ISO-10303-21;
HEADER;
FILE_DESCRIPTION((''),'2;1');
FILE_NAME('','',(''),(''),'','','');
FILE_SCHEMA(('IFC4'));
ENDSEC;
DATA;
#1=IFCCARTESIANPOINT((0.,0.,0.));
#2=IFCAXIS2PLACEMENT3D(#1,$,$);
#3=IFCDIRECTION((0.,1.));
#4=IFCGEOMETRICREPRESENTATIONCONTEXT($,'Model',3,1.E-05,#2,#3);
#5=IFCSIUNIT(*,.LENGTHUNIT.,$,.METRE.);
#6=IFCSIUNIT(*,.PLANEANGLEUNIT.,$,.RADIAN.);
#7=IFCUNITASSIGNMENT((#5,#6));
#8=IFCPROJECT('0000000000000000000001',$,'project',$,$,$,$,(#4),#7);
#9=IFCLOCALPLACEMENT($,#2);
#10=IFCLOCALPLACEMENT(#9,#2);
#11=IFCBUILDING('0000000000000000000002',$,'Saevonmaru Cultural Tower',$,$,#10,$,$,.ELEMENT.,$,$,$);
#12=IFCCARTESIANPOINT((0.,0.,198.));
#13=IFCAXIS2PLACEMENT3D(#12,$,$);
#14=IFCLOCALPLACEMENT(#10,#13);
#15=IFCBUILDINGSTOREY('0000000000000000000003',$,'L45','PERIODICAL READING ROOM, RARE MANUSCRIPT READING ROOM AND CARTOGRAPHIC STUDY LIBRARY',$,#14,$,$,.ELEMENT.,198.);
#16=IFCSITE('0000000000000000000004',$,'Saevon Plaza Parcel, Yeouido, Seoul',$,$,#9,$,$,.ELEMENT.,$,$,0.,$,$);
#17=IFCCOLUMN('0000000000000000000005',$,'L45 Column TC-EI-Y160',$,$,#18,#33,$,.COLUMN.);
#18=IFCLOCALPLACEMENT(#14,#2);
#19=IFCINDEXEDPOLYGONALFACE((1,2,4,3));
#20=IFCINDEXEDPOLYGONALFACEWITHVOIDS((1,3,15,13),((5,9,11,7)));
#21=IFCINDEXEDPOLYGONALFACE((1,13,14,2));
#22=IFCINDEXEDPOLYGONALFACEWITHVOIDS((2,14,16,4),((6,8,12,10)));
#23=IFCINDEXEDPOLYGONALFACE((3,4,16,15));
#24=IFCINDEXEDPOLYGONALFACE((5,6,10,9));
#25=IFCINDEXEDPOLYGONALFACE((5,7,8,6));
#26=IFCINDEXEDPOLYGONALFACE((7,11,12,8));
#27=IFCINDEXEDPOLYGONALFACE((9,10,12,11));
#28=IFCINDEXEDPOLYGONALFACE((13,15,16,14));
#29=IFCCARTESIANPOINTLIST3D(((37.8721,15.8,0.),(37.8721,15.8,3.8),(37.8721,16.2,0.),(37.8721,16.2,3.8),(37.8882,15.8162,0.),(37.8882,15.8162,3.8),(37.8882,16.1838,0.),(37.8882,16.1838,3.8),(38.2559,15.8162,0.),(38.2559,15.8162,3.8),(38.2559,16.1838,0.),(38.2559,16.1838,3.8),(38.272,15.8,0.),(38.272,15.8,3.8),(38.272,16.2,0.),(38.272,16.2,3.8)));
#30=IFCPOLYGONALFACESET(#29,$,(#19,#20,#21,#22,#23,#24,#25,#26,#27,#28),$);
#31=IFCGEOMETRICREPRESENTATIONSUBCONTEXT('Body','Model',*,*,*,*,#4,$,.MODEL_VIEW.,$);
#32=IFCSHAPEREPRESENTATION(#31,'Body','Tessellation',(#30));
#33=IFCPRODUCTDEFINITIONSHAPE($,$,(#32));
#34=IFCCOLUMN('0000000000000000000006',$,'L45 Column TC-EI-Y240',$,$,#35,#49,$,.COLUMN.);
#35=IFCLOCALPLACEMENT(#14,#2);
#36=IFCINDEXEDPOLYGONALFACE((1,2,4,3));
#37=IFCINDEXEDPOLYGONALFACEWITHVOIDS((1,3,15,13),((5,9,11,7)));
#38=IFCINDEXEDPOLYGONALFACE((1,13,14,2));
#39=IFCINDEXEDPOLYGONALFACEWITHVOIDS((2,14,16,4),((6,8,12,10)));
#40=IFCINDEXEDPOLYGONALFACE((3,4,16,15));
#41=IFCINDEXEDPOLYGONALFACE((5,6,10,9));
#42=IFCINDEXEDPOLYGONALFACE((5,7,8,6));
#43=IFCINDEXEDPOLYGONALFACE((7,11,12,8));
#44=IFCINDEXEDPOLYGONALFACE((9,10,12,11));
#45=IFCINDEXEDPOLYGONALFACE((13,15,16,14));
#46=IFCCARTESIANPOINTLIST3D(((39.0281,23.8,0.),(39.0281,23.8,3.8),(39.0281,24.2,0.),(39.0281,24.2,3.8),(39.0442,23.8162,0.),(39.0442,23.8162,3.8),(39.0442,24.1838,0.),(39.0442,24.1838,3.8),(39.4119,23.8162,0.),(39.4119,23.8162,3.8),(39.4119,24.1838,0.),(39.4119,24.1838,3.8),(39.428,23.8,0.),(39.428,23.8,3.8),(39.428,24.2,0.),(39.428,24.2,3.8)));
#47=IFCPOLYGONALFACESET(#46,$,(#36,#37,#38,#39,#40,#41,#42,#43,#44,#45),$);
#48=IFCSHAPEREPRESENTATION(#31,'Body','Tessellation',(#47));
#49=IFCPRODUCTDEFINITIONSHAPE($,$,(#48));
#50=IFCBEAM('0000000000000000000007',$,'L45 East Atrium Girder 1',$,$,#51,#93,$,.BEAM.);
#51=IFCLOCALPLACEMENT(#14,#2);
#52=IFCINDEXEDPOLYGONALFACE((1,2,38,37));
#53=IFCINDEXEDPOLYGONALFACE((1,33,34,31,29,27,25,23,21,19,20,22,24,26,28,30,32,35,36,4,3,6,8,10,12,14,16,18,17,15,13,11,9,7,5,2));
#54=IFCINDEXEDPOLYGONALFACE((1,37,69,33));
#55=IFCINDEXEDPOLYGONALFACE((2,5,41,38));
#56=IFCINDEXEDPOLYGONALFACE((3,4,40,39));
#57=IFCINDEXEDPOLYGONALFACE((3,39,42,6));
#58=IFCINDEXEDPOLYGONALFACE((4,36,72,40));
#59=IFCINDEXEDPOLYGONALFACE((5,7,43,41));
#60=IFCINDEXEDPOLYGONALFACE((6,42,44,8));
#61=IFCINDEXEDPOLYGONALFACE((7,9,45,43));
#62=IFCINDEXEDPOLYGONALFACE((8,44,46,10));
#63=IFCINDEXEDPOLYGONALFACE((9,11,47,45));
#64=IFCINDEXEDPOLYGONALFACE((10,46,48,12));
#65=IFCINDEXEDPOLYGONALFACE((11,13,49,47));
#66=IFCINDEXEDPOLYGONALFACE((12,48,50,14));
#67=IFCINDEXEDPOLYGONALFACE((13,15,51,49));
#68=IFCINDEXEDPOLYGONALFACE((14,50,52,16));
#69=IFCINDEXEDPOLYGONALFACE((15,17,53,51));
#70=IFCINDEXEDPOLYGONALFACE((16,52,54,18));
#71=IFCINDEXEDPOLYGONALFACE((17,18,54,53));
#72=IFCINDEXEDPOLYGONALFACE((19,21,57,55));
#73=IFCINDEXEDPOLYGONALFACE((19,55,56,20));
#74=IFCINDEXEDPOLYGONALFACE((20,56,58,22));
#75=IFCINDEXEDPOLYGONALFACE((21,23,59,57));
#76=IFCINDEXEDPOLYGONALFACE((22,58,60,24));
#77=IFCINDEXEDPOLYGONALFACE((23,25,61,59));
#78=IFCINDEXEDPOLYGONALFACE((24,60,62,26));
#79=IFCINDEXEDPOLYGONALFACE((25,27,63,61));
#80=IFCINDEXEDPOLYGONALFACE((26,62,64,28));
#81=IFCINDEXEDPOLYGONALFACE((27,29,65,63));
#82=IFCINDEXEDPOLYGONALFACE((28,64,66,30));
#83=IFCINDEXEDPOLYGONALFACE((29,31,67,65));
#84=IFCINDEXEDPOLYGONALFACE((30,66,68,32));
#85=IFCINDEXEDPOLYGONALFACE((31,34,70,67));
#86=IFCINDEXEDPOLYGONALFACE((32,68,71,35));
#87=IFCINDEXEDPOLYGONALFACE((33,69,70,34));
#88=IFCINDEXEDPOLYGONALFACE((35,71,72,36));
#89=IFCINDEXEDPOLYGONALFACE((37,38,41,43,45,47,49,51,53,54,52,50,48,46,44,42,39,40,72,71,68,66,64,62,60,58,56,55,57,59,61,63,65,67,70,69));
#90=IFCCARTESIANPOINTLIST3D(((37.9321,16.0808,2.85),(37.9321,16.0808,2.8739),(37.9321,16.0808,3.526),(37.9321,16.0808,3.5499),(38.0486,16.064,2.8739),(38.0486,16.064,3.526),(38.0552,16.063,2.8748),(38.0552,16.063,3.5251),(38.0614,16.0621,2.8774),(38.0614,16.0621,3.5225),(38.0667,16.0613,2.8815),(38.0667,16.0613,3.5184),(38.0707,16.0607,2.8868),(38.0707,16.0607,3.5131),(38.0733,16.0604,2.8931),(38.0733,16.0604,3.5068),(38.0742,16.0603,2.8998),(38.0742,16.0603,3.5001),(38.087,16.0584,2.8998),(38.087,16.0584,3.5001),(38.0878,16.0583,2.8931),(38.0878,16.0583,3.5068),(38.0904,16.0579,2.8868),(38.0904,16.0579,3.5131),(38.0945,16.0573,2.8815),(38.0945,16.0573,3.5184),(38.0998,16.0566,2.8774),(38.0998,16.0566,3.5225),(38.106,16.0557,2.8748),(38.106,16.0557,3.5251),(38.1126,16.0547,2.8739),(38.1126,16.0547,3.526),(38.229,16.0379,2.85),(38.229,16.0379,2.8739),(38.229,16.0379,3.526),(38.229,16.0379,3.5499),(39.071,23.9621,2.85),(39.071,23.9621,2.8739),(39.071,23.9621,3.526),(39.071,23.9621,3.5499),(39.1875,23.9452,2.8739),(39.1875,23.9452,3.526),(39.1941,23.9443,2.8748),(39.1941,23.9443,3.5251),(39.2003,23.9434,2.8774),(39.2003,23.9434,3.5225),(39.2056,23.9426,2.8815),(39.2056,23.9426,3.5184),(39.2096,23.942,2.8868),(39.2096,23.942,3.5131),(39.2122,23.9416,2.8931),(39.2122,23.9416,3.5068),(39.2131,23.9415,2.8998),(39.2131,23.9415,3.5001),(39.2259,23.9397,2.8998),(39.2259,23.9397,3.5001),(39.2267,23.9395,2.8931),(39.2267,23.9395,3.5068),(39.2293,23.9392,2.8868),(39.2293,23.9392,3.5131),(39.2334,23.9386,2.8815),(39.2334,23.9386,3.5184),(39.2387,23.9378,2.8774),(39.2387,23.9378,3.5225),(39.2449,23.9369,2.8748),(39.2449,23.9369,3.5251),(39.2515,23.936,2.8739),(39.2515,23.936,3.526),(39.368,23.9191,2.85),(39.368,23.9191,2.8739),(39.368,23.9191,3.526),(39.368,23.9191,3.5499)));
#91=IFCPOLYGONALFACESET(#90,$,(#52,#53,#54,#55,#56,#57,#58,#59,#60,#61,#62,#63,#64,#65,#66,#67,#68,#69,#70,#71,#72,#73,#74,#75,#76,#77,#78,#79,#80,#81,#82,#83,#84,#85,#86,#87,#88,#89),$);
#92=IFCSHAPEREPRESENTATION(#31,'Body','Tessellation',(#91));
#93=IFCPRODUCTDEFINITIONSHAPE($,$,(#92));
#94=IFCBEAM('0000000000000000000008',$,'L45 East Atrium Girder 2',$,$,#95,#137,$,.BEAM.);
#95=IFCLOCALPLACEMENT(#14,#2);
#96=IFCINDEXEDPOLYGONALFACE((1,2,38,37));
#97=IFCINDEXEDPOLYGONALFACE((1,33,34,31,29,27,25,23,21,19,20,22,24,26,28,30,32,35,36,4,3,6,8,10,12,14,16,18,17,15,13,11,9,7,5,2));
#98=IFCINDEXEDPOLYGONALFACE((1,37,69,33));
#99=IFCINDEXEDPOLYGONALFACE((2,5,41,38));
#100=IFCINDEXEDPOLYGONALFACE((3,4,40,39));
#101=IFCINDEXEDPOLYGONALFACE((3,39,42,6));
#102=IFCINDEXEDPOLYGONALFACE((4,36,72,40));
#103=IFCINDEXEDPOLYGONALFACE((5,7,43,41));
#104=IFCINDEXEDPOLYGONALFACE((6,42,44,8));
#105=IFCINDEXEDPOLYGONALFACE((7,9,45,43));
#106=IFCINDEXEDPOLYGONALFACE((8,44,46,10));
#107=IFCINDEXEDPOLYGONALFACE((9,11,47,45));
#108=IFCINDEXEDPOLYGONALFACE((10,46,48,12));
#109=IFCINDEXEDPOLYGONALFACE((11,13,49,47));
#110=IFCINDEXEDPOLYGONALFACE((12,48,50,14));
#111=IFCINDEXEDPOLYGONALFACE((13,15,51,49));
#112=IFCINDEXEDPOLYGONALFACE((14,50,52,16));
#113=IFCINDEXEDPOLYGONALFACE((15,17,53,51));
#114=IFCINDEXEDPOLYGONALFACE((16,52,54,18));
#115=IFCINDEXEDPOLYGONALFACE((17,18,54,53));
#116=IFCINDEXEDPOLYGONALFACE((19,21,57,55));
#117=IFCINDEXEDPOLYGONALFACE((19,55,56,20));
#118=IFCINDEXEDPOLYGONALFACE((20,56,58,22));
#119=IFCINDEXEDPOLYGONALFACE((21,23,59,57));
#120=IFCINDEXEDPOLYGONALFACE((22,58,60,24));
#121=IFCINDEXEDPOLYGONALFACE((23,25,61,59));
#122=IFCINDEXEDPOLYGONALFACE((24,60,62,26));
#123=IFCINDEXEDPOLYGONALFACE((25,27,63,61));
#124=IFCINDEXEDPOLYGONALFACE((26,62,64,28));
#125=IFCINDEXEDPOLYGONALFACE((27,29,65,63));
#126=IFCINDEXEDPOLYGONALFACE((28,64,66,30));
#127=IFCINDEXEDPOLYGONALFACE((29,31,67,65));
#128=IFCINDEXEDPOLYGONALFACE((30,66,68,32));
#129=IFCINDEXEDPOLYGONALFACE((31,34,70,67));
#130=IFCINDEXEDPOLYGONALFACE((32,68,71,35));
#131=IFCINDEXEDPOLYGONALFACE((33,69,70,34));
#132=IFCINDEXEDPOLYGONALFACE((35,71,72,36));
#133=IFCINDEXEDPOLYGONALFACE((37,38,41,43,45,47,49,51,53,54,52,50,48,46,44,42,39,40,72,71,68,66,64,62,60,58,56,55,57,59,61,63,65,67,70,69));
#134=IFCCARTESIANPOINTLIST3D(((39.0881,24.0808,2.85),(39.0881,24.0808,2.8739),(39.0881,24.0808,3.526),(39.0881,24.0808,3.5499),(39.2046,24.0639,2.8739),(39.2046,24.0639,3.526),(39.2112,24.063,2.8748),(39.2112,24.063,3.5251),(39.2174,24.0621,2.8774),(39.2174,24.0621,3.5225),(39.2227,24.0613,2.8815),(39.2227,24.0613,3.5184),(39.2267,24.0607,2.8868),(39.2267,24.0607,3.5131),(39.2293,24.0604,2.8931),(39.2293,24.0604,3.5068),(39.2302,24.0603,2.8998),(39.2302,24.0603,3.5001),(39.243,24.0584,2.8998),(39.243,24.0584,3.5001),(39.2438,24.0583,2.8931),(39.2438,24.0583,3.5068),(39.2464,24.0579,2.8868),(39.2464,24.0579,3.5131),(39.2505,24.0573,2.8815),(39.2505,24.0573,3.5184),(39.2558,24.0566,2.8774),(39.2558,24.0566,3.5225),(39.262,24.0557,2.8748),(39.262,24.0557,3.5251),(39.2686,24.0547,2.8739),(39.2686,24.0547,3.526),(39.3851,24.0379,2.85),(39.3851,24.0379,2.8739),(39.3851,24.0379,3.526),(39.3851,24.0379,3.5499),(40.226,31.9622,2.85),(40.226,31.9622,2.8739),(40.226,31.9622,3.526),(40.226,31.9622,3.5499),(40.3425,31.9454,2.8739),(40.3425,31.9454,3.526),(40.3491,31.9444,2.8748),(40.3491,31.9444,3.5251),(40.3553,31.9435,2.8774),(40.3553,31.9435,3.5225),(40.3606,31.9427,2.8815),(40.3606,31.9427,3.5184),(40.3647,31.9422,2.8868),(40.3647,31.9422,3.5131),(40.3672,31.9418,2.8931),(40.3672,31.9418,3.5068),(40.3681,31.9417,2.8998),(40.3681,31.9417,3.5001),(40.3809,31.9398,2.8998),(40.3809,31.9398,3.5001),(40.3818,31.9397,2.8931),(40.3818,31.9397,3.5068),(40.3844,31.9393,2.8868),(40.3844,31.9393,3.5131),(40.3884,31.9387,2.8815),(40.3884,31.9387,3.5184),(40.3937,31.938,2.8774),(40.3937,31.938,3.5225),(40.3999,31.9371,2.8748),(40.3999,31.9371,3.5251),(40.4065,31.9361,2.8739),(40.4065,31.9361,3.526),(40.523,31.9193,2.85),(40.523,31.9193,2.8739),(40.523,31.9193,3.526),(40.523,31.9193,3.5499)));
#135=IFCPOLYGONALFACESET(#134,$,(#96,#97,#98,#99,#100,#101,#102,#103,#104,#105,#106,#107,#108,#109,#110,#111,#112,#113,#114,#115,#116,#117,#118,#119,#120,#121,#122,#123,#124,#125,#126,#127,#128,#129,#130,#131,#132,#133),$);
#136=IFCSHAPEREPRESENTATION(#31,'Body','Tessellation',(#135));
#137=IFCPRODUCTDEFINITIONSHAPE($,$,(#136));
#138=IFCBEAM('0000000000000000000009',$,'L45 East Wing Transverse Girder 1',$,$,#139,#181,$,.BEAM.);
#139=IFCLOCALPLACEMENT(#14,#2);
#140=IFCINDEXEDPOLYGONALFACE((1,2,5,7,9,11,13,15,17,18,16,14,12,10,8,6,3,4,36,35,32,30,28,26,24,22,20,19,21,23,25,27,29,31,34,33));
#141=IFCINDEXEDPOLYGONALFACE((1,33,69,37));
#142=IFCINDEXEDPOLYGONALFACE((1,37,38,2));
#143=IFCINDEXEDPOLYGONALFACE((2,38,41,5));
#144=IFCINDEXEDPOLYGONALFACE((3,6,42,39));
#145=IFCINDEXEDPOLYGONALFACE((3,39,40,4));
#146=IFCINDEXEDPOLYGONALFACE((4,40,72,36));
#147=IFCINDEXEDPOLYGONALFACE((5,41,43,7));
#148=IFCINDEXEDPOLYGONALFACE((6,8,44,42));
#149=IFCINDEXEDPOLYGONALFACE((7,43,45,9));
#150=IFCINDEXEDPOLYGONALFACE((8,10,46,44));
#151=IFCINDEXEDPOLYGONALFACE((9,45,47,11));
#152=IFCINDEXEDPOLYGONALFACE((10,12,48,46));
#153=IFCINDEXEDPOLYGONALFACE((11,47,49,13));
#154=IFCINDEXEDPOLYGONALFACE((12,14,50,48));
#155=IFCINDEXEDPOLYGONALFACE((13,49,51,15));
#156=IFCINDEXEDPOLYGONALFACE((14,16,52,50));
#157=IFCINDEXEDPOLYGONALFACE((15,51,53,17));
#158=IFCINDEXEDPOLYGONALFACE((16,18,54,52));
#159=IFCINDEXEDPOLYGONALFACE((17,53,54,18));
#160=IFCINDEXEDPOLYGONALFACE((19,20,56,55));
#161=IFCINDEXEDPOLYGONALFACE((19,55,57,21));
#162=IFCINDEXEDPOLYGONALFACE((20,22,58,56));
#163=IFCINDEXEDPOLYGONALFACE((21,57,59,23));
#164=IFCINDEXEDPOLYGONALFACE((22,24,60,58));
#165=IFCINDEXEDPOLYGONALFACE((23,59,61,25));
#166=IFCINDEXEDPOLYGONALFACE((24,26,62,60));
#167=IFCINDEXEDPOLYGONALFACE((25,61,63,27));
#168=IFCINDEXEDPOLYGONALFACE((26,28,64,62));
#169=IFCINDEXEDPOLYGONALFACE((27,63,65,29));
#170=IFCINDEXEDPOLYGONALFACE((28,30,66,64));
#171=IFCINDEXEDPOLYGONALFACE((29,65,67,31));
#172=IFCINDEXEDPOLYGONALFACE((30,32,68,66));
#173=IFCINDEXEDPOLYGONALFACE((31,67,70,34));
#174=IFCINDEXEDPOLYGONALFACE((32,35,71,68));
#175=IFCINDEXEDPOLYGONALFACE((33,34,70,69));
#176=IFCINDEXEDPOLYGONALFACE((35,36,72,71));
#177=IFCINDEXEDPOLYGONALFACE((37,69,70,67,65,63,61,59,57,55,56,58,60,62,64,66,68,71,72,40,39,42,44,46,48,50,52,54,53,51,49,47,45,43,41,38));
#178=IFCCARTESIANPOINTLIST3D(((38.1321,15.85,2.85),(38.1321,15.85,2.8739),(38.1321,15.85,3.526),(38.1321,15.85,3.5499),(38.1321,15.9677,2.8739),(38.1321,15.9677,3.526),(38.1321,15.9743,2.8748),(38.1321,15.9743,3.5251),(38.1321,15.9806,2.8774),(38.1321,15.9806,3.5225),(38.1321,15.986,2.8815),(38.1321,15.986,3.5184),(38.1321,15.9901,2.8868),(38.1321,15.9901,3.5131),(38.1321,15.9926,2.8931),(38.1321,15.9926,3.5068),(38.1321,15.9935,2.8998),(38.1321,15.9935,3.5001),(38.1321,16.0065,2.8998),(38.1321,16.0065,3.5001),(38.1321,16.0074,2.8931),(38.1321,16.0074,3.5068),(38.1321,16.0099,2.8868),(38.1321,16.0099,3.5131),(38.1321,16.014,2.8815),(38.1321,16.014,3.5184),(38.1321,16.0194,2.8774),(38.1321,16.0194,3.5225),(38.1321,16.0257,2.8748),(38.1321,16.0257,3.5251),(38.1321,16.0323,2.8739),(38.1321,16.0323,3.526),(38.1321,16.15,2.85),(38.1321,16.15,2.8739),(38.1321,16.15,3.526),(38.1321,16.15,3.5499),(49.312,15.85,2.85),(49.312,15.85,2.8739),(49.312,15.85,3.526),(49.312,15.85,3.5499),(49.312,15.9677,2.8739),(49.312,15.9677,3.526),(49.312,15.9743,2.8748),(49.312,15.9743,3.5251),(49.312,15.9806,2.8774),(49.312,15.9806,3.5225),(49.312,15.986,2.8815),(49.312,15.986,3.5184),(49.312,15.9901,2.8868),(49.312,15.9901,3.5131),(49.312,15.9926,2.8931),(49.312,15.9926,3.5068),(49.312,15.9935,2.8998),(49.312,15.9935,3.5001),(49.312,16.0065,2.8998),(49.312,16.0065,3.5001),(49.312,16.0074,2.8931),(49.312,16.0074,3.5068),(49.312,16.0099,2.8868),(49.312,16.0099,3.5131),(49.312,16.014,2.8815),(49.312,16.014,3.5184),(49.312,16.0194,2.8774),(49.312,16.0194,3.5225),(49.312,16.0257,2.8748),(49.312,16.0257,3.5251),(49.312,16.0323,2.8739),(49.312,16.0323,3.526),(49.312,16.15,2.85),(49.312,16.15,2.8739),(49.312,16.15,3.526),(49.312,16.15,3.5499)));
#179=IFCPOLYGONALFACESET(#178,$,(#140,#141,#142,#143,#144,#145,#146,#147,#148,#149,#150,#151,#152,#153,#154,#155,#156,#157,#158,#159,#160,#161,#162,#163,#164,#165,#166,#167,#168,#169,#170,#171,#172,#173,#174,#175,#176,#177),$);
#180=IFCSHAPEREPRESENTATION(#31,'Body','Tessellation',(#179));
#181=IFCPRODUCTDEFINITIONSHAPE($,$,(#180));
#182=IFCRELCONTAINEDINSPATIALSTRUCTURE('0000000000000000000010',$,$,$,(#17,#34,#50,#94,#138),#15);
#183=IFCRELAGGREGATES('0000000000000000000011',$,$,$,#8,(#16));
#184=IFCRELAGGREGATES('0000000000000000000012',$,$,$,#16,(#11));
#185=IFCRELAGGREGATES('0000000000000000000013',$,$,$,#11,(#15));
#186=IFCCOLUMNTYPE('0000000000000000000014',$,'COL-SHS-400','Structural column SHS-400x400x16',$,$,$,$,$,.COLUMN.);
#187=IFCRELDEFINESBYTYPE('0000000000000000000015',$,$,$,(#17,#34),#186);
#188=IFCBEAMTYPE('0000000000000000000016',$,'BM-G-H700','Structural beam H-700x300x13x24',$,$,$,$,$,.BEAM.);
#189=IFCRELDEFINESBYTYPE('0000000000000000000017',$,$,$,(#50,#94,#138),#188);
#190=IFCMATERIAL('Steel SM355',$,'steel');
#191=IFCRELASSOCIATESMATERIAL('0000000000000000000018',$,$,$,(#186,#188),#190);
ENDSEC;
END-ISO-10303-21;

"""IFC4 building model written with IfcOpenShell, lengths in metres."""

from ifc_helpers import new_model, si_unit, direction, frame, origin, origin_2d, place, context, subcontext, project, spatial, hollow_rectangle, i_section, extrude, material, material_profile, profile_set, type_object, element, save


model = new_model("IFC4")

# Units and contexts
model_context = context("Model", 3, precision=1e-05, world=origin(), true_north=direction((0.0, 1.0)))
body_context = subcontext(model_context, "Body", "Model", "MODEL_VIEW")
ifc_project = project(units=[si_unit("LENGTHUNIT", "METRE"), si_unit("PLANEANGLEUNIT", "RADIAN")], contexts=[model_context])

# Site, building, storey
site_placement = place(None, origin())
site = spatial("IfcSite", under=ifc_project, at=site_placement, Name="Saevon Plaza Parcel, Yeouido, Seoul", CompositionType="ELEMENT", RefElevation=0.0)
building_placement = place(site_placement, origin())
building = spatial("IfcBuilding", under=site, at=building_placement, Name="Saevonmaru Cultural Tower", CompositionType="ELEMENT")
storey_placement = place(building_placement, frame((0.0, 0.0, 198.0)))
storey = spatial("IfcBuildingStorey", under=building, at=storey_placement, Name="L45", Description="PERIODICAL READING ROOM, RARE MANUSCRIPT READING ROOM AND CARTOGRAPHIC STUDY LIBRARY", CompositionType="ELEMENT", Elevation=198.0)

# Columns
ifc_material_1 = material(Name="Steel SM355", Category="steel")
ifc_material_profile_1 = material_profile(ifc_material_1, hollow_rectangle(XDim=0.3999, YDim=0.3999, WallThickness=0.0161, at=origin_2d()), Name="SHS-400x400x16")
ifc_profile_set_1 = profile_set([ifc_material_profile_1], Name="Steel SM355")
column_type = type_object("IfcColumnType", Name="COL-SHS-400", Description="Structural column SHS-400x400x16", PredefinedType="COLUMN", material=ifc_profile_set_1)
for number, where, z_axis, x_axis, name in (
    (1, (38.072, 16.0, 0.0), (0.0, 0.0, 1.0), (1.0, 0.0, 0.0), "L45 Column TC-EI-Y160"),
    (2, (39.228, 24.0, 0.0), (0.0, 0.0, 1.0), (1.0, 0.0, 0.0), "L45 Column TC-EI-Y240"),
):
    element("IfcColumn", number, at=place(storey_placement, frame(where, z_axis=z_axis, x_axis=x_axis)), inside=storey, type_object=column_type, Name=name, PredefinedType="COLUMN", context=body_context, shape_type="SweptSolid", body=[
        extrude(hollow_rectangle(XDim=0.3999, YDim=0.3999, WallThickness=0.0161, at=origin_2d()), origin(), (0.0, 0.0, 1.0), 3.8),
    ])

# Beams
ifc_material_profile_2 = material_profile(ifc_material_1, i_section(OverallWidth=0.3, OverallDepth=0.7, WebThickness=0.0129, FlangeThickness=0.0239, FilletRadius=0.0259, at=origin_2d()), Name="H-700x300x13x24")
ifc_profile_set_2 = profile_set([ifc_material_profile_2], Name="Steel SM355")
beam_type_1 = type_object("IfcBeamType", Name="BM-G-H700", Description="Structural beam H-700x300x13x24", PredefinedType="BEAM", material=ifc_profile_set_2)
for number, where, z_axis, x_axis, name in (
    (3, (38.0806, 16.0593, 3.2), (0.143022, 0.989719, 0.0), (-0.989719, 0.143022, 0.0), "L45 East Atrium Girder 1"),
    (4, (39.2366, 24.0593, 3.2), (0.142902, 0.989737, 0.0), (-0.989737, 0.142902, 0.0), "L45 East Atrium Girder 2"),
):
    element("IfcBeam", number, at=place(storey_placement, frame(where, z_axis=z_axis, x_axis=x_axis)), inside=storey, type_object=beam_type_1, Name=name, PredefinedType="BEAM", context=body_context, shape_type="SweptSolid", body=[
        extrude(i_section(OverallWidth=0.3, OverallDepth=0.7, WebThickness=0.0129, FlangeThickness=0.0239, FilletRadius=0.0259, at=origin_2d()), origin(), (0.0, 0.0, 1.0), 7.9631),
    ])
beam_1_placement = place(storey_placement, frame((38.1321, 16.0, 3.2), z_axis=(1.0, 0.0, 0.0), x_axis=(0.0, 1.0, 0.0)))
element("IfcBeam", 5, at=beam_1_placement, inside=storey, type_object=beam_type_1, Name="L45 East Wing Transverse Girder 1", PredefinedType="BEAM", context=body_context, shape_type="SweptSolid", body=[
    extrude(i_section(OverallWidth=0.3, OverallDepth=0.7, WebThickness=0.0129, FlangeThickness=0.0239, FilletRadius=0.0259, at=origin_2d()), origin(), (0.0, 0.0, 1.0), 11.1799),
])

save(model, "model.ifc")
